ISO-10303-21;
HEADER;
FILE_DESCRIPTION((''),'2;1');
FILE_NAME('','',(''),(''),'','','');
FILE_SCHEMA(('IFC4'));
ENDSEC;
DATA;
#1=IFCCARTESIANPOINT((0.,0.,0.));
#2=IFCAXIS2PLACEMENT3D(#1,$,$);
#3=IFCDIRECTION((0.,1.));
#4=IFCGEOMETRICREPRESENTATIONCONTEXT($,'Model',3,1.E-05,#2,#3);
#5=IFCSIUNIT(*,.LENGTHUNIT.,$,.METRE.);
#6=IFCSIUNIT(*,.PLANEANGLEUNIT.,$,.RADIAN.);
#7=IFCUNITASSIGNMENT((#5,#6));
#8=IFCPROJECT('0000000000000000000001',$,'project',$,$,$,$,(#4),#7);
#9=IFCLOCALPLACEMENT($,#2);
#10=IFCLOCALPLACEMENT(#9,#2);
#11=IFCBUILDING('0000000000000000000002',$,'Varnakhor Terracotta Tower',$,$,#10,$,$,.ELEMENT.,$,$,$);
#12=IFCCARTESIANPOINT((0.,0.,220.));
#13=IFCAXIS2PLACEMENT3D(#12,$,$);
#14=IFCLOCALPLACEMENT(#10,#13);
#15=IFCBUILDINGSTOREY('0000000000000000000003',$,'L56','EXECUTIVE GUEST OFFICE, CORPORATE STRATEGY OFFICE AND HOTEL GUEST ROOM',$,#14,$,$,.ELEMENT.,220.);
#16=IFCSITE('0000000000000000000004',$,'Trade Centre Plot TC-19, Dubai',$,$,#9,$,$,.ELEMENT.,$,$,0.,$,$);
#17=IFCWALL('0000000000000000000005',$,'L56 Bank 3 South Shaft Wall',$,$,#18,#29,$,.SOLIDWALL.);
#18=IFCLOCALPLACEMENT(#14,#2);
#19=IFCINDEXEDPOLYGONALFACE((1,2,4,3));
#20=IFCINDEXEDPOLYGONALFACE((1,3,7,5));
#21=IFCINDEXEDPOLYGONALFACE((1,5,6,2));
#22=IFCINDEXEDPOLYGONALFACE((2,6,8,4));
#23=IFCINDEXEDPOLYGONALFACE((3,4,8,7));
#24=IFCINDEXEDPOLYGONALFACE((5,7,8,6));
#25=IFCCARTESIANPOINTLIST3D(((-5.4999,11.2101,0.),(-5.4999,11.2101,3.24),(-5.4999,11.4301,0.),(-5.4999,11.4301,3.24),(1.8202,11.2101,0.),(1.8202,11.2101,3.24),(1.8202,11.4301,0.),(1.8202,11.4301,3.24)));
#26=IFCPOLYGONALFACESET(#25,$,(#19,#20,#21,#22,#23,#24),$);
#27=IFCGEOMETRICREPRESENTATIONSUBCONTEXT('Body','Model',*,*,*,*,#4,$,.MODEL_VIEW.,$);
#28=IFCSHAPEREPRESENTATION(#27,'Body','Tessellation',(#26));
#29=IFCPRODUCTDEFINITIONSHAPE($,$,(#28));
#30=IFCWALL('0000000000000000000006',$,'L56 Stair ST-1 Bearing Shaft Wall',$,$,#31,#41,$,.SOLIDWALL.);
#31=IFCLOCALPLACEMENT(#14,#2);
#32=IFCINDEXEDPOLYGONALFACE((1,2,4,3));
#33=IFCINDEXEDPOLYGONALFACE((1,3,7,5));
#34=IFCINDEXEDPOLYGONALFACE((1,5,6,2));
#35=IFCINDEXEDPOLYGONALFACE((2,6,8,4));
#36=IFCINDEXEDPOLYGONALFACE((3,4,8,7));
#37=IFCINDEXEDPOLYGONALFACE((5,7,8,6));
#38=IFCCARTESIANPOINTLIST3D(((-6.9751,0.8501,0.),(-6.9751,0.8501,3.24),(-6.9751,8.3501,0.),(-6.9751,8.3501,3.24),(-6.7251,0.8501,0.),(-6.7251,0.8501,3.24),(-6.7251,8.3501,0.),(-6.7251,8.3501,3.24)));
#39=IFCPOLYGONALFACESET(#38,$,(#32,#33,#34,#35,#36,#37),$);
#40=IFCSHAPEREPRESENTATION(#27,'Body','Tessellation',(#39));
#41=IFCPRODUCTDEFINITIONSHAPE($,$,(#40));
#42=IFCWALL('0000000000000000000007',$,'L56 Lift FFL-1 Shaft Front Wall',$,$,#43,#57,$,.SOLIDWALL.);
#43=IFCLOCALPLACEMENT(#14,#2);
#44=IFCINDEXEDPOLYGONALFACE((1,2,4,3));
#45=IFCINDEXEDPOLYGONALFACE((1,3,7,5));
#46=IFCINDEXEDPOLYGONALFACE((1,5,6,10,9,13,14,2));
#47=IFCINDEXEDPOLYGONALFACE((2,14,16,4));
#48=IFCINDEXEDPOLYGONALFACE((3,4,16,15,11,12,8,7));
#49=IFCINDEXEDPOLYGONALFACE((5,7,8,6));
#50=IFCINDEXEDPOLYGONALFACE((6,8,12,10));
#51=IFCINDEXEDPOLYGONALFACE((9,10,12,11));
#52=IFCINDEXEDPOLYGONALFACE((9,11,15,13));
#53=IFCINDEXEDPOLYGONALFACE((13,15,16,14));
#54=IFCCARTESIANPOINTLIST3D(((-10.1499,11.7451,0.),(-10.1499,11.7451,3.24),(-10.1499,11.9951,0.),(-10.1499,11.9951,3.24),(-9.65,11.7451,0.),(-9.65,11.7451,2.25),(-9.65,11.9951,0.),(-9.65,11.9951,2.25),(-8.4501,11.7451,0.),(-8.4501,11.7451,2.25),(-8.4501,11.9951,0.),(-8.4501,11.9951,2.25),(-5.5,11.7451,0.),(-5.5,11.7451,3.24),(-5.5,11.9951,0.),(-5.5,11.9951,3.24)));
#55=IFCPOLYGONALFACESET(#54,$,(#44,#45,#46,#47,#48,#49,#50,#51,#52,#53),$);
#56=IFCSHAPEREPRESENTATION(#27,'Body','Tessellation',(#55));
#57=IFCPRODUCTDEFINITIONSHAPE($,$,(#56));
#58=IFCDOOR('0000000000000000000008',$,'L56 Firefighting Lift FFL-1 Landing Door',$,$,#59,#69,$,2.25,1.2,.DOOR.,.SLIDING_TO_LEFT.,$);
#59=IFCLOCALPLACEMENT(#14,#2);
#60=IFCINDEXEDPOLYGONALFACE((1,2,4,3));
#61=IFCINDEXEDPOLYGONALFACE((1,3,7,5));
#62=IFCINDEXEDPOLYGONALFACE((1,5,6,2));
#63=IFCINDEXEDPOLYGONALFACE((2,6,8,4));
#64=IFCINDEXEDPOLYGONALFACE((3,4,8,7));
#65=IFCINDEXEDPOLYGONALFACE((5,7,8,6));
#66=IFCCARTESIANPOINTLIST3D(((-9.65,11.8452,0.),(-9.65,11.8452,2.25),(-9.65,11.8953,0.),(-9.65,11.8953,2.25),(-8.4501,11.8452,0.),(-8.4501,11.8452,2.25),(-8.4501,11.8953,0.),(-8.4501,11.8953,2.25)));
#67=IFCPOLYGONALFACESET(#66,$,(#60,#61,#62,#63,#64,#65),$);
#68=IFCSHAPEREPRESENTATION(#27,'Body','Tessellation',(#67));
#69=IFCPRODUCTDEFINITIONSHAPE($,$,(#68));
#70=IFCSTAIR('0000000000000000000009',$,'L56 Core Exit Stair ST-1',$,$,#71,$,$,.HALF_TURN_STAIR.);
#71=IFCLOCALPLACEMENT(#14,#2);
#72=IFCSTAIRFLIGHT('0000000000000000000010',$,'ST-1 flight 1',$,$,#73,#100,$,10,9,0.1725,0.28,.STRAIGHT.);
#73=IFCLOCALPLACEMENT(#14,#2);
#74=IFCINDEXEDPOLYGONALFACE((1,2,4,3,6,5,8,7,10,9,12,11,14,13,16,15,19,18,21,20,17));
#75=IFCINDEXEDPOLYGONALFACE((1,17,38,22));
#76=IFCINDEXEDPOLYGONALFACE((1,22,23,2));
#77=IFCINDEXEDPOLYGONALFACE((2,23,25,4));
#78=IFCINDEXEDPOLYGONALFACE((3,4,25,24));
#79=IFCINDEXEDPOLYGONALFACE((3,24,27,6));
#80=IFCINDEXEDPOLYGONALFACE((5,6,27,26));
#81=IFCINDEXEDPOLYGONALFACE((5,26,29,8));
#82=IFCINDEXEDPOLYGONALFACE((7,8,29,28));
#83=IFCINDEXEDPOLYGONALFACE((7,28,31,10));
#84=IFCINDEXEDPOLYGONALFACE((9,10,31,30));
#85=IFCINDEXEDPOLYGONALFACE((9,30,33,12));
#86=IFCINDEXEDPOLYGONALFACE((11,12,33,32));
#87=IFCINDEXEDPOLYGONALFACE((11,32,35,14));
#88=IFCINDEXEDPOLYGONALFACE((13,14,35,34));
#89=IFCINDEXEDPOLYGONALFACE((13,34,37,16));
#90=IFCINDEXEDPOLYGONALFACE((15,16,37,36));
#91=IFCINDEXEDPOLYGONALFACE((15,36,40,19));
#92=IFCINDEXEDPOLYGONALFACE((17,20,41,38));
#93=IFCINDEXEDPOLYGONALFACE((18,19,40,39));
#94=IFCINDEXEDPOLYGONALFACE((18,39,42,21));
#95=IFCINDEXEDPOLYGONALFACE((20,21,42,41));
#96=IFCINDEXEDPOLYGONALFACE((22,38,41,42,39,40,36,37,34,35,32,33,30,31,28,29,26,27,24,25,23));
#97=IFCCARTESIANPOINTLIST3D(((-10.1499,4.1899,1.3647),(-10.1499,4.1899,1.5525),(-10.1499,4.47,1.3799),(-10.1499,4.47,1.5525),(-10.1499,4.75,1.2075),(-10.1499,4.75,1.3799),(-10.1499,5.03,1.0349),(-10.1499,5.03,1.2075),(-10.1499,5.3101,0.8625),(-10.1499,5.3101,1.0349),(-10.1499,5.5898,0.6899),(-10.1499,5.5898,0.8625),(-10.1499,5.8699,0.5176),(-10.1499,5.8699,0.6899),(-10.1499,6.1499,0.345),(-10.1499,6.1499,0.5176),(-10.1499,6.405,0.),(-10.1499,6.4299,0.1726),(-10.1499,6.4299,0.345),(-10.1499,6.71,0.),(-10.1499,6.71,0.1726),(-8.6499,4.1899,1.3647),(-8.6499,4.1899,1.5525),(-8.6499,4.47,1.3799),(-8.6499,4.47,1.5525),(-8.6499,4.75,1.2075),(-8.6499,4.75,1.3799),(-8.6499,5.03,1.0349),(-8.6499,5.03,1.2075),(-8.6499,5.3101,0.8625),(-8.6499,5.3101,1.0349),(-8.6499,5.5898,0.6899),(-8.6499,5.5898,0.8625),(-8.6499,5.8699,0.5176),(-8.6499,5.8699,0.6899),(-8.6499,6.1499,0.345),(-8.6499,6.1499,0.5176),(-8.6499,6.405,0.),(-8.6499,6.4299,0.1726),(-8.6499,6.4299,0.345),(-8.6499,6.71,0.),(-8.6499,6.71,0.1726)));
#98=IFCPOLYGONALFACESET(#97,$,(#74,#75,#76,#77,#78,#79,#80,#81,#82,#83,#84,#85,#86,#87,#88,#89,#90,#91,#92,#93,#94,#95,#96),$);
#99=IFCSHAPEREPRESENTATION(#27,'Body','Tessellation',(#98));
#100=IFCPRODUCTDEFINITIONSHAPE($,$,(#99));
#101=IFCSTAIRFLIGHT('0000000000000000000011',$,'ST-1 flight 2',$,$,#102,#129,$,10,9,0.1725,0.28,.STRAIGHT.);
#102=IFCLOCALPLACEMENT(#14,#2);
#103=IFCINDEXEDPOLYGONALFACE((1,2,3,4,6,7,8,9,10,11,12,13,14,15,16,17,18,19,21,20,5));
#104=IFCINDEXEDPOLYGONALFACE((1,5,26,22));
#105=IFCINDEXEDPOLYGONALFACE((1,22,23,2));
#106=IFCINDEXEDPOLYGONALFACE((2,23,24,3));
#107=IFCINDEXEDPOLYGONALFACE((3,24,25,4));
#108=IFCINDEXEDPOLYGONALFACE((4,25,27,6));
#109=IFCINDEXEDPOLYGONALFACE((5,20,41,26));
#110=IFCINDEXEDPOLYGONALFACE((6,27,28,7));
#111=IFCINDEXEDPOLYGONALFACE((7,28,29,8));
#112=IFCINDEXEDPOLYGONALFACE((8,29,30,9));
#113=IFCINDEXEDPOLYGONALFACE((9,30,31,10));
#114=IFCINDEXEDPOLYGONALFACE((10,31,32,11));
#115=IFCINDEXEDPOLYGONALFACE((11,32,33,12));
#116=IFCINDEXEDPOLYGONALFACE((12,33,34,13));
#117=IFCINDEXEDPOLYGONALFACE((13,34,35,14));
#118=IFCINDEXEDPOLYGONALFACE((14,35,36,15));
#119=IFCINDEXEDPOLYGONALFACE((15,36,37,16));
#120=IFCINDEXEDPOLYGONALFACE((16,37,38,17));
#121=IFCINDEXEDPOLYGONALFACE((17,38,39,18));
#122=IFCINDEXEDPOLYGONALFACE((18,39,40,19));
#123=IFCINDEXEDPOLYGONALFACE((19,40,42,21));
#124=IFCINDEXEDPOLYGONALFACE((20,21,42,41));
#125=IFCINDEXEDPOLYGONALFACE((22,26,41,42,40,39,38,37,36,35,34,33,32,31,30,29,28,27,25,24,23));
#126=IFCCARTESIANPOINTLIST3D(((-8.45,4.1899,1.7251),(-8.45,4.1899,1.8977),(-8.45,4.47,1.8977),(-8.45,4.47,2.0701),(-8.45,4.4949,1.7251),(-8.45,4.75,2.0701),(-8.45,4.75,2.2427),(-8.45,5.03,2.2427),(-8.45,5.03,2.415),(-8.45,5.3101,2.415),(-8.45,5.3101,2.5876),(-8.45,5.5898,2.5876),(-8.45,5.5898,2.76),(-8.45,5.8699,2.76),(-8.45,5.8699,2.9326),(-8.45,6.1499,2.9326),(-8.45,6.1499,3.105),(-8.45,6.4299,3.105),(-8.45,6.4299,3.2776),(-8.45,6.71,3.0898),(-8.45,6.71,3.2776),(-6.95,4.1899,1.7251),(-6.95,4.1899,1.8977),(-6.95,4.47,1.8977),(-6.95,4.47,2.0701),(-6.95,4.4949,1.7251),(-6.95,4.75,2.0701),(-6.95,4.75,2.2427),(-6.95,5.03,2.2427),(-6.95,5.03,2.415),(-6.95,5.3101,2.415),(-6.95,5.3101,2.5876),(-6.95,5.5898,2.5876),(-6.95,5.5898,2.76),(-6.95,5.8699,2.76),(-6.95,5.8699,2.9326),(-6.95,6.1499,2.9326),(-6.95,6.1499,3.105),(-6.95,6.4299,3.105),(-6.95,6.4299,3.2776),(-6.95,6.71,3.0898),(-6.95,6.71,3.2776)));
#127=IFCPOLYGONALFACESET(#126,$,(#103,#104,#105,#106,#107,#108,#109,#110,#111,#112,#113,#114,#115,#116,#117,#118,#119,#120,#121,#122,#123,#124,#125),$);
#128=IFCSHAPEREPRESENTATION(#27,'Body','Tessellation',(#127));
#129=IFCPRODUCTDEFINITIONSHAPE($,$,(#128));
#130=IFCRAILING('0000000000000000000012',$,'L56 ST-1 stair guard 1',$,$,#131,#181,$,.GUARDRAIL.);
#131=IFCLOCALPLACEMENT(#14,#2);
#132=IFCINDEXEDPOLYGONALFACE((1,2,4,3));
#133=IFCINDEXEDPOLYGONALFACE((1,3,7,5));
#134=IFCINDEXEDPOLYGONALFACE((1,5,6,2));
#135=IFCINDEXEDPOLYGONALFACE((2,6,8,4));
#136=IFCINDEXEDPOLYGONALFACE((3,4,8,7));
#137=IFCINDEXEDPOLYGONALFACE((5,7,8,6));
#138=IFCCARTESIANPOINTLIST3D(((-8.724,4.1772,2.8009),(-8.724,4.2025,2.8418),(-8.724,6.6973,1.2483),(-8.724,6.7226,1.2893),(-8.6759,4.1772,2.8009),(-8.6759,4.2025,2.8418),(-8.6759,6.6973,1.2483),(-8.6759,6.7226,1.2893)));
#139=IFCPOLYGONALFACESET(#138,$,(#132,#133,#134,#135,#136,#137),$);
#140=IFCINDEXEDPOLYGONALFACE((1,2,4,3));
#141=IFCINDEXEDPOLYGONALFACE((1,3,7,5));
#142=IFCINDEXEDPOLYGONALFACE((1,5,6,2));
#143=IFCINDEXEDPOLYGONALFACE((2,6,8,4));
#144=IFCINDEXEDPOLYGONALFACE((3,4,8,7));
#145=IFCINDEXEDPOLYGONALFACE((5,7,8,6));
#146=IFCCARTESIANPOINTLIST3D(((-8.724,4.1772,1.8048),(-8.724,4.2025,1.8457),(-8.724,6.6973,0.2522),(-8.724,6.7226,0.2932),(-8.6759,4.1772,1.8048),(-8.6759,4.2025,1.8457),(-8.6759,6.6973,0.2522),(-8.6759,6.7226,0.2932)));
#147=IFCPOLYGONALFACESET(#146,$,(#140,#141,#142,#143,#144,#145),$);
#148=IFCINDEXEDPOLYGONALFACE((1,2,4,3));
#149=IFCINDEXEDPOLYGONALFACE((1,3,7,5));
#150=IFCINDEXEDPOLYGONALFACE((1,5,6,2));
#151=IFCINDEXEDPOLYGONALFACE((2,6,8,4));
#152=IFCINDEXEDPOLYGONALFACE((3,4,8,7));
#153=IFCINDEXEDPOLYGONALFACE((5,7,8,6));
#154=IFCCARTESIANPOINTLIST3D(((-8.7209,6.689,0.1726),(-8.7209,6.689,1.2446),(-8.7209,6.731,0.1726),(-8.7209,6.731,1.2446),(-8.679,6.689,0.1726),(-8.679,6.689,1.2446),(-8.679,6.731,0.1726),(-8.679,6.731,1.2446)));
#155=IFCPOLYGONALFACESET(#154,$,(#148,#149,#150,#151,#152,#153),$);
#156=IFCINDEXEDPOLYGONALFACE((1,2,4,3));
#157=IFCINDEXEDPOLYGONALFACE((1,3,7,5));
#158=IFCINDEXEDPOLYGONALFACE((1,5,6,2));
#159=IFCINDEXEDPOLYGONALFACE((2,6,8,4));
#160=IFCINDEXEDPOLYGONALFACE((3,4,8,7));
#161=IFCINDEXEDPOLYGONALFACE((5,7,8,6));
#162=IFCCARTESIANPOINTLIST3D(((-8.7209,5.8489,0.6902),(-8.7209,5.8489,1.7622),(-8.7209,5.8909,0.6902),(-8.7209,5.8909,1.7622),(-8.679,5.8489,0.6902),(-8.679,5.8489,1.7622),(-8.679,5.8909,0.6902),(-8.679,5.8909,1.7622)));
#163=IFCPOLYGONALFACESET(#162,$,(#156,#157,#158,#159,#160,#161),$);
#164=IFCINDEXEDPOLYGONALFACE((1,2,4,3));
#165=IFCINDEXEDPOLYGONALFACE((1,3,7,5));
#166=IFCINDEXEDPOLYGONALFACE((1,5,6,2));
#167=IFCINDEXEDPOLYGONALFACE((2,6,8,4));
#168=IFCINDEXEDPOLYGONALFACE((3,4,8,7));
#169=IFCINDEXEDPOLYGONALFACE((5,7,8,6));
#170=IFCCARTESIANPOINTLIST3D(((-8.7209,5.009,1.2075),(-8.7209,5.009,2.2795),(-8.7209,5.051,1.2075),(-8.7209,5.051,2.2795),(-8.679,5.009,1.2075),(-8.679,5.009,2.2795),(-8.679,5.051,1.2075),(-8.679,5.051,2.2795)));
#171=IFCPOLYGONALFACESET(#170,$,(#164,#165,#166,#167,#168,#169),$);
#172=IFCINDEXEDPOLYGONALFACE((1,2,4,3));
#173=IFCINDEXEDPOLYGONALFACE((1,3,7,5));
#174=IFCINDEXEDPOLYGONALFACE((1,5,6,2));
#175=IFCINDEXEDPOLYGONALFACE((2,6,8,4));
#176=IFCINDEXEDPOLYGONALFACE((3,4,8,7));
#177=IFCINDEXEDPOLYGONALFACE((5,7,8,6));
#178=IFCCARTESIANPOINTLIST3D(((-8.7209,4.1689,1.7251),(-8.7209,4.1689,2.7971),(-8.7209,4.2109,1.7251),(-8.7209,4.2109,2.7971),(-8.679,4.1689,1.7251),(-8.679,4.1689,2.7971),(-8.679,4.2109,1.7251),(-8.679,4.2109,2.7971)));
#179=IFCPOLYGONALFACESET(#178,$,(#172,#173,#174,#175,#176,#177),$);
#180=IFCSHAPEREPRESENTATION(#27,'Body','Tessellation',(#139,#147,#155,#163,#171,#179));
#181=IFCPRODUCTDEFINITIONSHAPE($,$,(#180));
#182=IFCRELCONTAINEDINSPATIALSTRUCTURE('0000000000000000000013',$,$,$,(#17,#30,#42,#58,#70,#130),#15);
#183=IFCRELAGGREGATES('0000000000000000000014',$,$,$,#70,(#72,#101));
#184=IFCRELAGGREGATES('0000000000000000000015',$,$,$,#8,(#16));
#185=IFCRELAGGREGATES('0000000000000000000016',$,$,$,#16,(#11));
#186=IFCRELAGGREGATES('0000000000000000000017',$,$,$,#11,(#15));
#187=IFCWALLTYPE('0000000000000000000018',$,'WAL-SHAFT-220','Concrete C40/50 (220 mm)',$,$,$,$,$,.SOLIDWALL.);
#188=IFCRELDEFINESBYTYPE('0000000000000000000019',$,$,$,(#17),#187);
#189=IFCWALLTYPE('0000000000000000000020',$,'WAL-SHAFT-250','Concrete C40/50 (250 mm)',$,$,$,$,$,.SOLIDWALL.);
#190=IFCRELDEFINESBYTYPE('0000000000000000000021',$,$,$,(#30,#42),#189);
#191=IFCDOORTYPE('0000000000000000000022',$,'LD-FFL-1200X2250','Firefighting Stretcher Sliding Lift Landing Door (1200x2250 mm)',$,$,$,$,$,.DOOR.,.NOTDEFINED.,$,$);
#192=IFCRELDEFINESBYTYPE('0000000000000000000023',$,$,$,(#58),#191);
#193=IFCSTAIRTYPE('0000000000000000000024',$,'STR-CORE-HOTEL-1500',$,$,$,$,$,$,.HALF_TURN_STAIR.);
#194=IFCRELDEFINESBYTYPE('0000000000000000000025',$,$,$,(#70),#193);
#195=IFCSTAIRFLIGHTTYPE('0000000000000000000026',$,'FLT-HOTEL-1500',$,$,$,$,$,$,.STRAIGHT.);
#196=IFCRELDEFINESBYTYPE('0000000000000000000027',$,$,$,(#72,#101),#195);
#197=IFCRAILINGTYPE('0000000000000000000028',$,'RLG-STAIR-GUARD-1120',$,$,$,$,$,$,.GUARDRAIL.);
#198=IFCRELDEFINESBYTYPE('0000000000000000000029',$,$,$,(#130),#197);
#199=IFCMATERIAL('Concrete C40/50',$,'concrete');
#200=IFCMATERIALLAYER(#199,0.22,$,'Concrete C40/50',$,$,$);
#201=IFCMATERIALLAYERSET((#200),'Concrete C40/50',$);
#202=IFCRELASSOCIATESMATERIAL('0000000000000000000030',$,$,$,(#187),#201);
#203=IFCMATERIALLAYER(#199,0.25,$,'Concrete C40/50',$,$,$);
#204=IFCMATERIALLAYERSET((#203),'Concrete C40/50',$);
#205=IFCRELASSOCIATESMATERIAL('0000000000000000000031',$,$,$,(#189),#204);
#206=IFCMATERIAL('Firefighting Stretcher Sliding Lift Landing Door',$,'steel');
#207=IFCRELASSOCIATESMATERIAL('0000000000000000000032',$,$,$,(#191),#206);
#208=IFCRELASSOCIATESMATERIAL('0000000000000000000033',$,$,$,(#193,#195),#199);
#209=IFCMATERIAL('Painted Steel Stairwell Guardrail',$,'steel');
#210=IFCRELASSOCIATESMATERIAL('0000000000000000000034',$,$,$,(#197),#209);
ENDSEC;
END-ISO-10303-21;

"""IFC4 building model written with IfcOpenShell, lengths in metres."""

from ifc_helpers import new_model, si_unit, direction, frame, frame_2d, origin, origin_2d, place, context, subcontext, project, spatial, polyline, rectangle, outline, extrude, source, transform, mapped, material, layer, layer_set, type_object, type_shapes, element, fill, aggregate, save


model = new_model("IFC4")

# Units and contexts
model_context = context("Model", 3, precision=1e-05, world=origin(), true_north=direction((0.0, 1.0)))
body_context = subcontext(model_context, "Body", "Model", "MODEL_VIEW")
ifc_project = project(units=[si_unit("LENGTHUNIT", "METRE"), si_unit("PLANEANGLEUNIT", "RADIAN")], contexts=[model_context])

# Site, building, storey
site_placement = place(None, origin())
site = spatial("IfcSite", under=ifc_project, at=site_placement, Name="Trade Centre Plot TC-19, Dubai", CompositionType="ELEMENT", RefElevation=0.0)
building_placement = place(site_placement, origin())
building = spatial("IfcBuilding", under=site, at=building_placement, Name="Varnakhor Terracotta Tower", CompositionType="ELEMENT")
storey_placement = place(building_placement, frame((0.0, 0.0, 220.0)))
storey = spatial("IfcBuildingStorey", under=building, at=storey_placement, Name="L56", Description="EXECUTIVE GUEST OFFICE, CORPORATE STRATEGY OFFICE AND HOTEL GUEST ROOM", CompositionType="ELEMENT", Elevation=220.0)

# Shared definitions
ifc_material_1 = material(Name="Concrete C40/50", Category="concrete")

# Walls
ifc_layer_1 = layer(ifc_material_1, 0.22, Name="Concrete C40/50")
ifc_layer_set_1 = layer_set([ifc_layer_1], Name="Concrete C40/50")
wall_type_1 = type_object("IfcWallType", Name="WAL-SHAFT-220", Description="Concrete C40/50 (220 mm)", PredefinedType="SOLIDWALL", material=ifc_layer_set_1)
for number, where, z_axis, x_axis, name in (
    (1, (-5.5, 11.3201, 0.0), (0.0, 0.0, 1.0), (1.0, 0.0, 0.0), "L56 Bank 3 South Shaft Wall"),
):
    element("IfcWall", number, at=place(storey_placement, frame(where, z_axis=z_axis, x_axis=x_axis)), inside=storey, type_object=wall_type_1, Name=name, PredefinedType="SOLIDWALL", context=body_context, shape_type="SweptSolid", body=[
        extrude(rectangle(XDim=7.3201, YDim=0.22, at=frame_2d((3.6602, 0.0))), origin(), (0.0, 0.0, 1.0), 3.24),
    ])
ifc_layer_2 = layer(ifc_material_1, 0.25, Name="Concrete C40/50")
ifc_layer_set_2 = layer_set([ifc_layer_2], Name="Concrete C40/50")
wall_type_2 = type_object("IfcWallType", Name="WAL-SHAFT-250", Description="Concrete C40/50 (250 mm)", PredefinedType="SOLIDWALL", material=ifc_layer_set_2)
wall_1_placement = place(storey_placement, frame((-6.8501, 0.8501, 0.0), z_axis=(0.0, 0.0, 1.0), x_axis=(0.0, 1.0, 0.0)))
element("IfcWall", 2, at=wall_1_placement, inside=storey, type_object=wall_type_2, Name="L56 Stair ST-1 Bearing Shaft Wall", PredefinedType="SOLIDWALL", context=body_context, shape_type="SweptSolid", body=[
    extrude(rectangle(XDim=7.5, YDim=0.25, at=frame_2d((3.75, 0.0))), origin(), (0.0, 0.0, 1.0), 3.24),
])

# Wall, opening, door
wall_2_placement = place(storey_placement, frame((-5.5, 11.8701, 0.0), z_axis=(0.0, 0.0, 1.0), x_axis=(-1.0, 0.0, 0.0)))
wall_2 = element("IfcWall", 3, at=wall_2_placement, inside=storey, type_object=wall_type_2, Name="L56 Lift FFL-1 Shaft Front Wall", PredefinedType="SOLIDWALL", context=body_context, shape_type="SweptSolid", body=[
    extrude(rectangle(XDim=4.6499, YDim=0.25, at=frame_2d((2.325, 0.0))), origin(), (0.0, 0.0, 1.0), 3.24),
])
opening_1_placement = place(wall_2_placement, frame((2.95, 0.0, 0.0)))
opening_1 = element("IfcOpeningElement", 4, at=opening_1_placement, cuts=wall_2, PredefinedType="OPENING", context=body_context, shape_type="SweptSolid", body=[
    extrude(rectangle(XDim=1.2, YDim=2.25, at=frame_2d((0.6001, 1.125))), frame((0.0, 0.135, 0.0), z_axis=(0.0, -1.0, 0.0), x_axis=(1.0, 0.0, 0.0)), (0.0, 0.0, 1.0), 0.27),
])
ifc_material_2 = material(Name="Firefighting Stretcher Sliding Lift Landing Door", Category="steel")
door_type_1 = type_object("IfcDoorType", Name="LD-FFL-1200X2250", Description="Firefighting Stretcher Sliding Lift Landing Door (1200x2250 mm)", OperationType="NOTDEFINED", PredefinedType="DOOR", material=ifc_material_2)
shared_shape_1 = source(origin(), body_context, "Body", "SweptSolid", [
    extrude(rectangle(XDim=1.2, YDim=2.25, at=frame_2d((0.6001, 1.125))), frame((0.0, 0.0249, 0.0), z_axis=(0.0, -1.0, 0.0), x_axis=(1.0, 0.0, 0.0)), (0.0, 0.0, 1.0), 0.05),
])
type_shapes(door_type_1, [shared_shape_1])
door_1_placement = place(opening_1_placement, origin())
door_1 = element("IfcDoor", 5, at=door_1_placement, inside=storey, type_object=door_type_1, Name="L56 Firefighting Lift FFL-1 Landing Door", OperationType="SLIDING_TO_LEFT", OverallHeight=2.25, OverallWidth=1.2, PredefinedType="DOOR", context=body_context, shape_type="MappedRepresentation", body=[
    mapped(shared_shape_1, transform((0.0, 0.0, 0.0), scale=1.0)),
])
fill(opening_1, door_1)

# Stair, stair flights
stair_type = type_object("IfcStairType", Name="STR-CORE-HOTEL-1500", PredefinedType="HALF_TURN_STAIR", material=ifc_material_1)
stair_placement = place(storey_placement, origin())
stair = element("IfcStair", 6, at=stair_placement, inside=storey, type_object=stair_type, Name="L56 Core Exit Stair ST-1", PredefinedType="HALF_TURN_STAIR")
stair_flight_type = type_object("IfcStairFlightType", Name="FLT-HOTEL-1500", PredefinedType="STRAIGHT", material=ifc_material_1)
stair_flight_1_placement = place(storey_placement, frame((-9.3999, 6.71, 0.0), z_axis=(0.0, 0.0, 1.0), x_axis=(0.0, -1.0, 0.0)))
stair_flight_1 = element("IfcStairFlight", 7, at=stair_flight_1_placement, type_object=stair_flight_type, Name="ST-1 flight 1", NumberOfRisers=10, NumberOfTreads=9, PredefinedType="STRAIGHT", RiserHeight=0.1725, TreadLength=0.28, context=body_context, shape_type="SweptSolid", body=[
    extrude(outline(polyline([(0.0, 0.0), (0.0, 0.1726), (0.28, 0.1726), (0.28, 0.345), (0.5601, 0.345), (0.5601, 0.5176), (0.8401, 0.5176), (0.8401, 0.6899), (1.1201, 0.6899), (1.1201, 0.8625), (1.3999, 0.8625), (1.3999, 1.0349), (1.6799, 1.0349), (1.6799, 1.2075), (1.96, 1.2075), (1.96, 1.3799), (2.24, 1.3799), (2.24, 1.5525), (2.52, 1.5525), (2.52, 1.7251), (2.52, 1.3647), (0.3049, 0.0), (0.0, 0.0)])), frame((0.0, 0.75, 0.0), z_axis=(0.0, -1.0, 0.0), x_axis=(1.0, 0.0, 0.0)), (0.0, 0.0, 1.0), 1.5),
])
stair_flight_2_placement = place(storey_placement, frame((-7.7, 4.1899, 1.7251), z_axis=(0.0, 0.0, 1.0), x_axis=(0.0, 1.0, 0.0)))
stair_flight_2 = element("IfcStairFlight", 8, at=stair_flight_2_placement, type_object=stair_flight_type, Name="ST-1 flight 2", NumberOfRisers=10, NumberOfTreads=9, PredefinedType="STRAIGHT", RiserHeight=0.1725, TreadLength=0.28, context=body_context, shape_type="SweptSolid", body=[
    extrude(outline(polyline([(0.0, 0.0), (0.0, 0.1726), (0.28, 0.1726), (0.28, 0.345), (0.5601, 0.345), (0.5601, 0.5176), (0.8401, 0.5176), (0.8401, 0.6899), (1.1201, 0.6899), (1.1201, 0.8625), (1.3999, 0.8625), (1.3999, 1.0349), (1.6799, 1.0349), (1.6799, 1.2075), (1.96, 1.2075), (1.96, 1.3799), (2.24, 1.3799), (2.24, 1.5525), (2.52, 1.5525), (2.52, 1.7251), (2.52, 1.3647), (0.3049, 0.0), (0.0, 0.0)])), frame((0.0, 0.75, 0.0), z_axis=(0.0, -1.0, 0.0), x_axis=(1.0, 0.0, 0.0)), (0.0, 0.0, 1.0), 1.5),
])
aggregate(stair, [stair_flight_1, stair_flight_2])

# Railing
ifc_material_3 = material(Name="Painted Steel Stairwell Guardrail", Category="steel")
railing_type_1 = type_object("IfcRailingType", Name="RLG-STAIR-GUARD-1120", PredefinedType="GUARDRAIL", material=ifc_material_3)
railing_1_placement = place(storey_placement, frame((-8.7, 6.71, 0.1726)))
element("IfcRailing", 9, at=railing_1_placement, inside=storey, type_object=railing_type_1, Name="L56 ST-1 stair guard 1", PredefinedType="GUARDRAIL", context=body_context, shape_type="SweptSolid", body=[
    extrude(rectangle(XDim=0.0481, YDim=0.0481, at=origin_2d()), frame((0.0, 0.0, 1.0962), z_axis=(0.0, -0.8514, 0.524516), x_axis=(1.0, 0.0, 0.0)), (0.0, 0.0, 1.0), 2.96),
    extrude(rectangle(XDim=0.0481, YDim=0.0481, at=origin_2d()), frame((0.0, 0.0, 0.1001), z_axis=(0.0, -0.8514, 0.524516), x_axis=(1.0, 0.0, 0.0)), (0.0, 0.0, 1.0), 2.96),
    extrude(rectangle(XDim=0.042, YDim=0.042, at=origin_2d()), origin(), (0.0, 0.0, 1.0), 1.072),
    extrude(rectangle(XDim=0.042, YDim=0.042, at=origin_2d()), frame((0.0, -0.8401, 0.5176)), (0.0, 0.0, 1.0), 1.072),
    extrude(rectangle(XDim=0.042, YDim=0.042, at=origin_2d()), frame((0.0, -1.6799, 1.0349)), (0.0, 0.0, 1.0), 1.072),
    extrude(rectangle(XDim=0.042, YDim=0.042, at=origin_2d()), frame((0.0, -2.52, 1.5525)), (0.0, 0.0, 1.0), 1.072),
])

save(model, "model.ifc")
